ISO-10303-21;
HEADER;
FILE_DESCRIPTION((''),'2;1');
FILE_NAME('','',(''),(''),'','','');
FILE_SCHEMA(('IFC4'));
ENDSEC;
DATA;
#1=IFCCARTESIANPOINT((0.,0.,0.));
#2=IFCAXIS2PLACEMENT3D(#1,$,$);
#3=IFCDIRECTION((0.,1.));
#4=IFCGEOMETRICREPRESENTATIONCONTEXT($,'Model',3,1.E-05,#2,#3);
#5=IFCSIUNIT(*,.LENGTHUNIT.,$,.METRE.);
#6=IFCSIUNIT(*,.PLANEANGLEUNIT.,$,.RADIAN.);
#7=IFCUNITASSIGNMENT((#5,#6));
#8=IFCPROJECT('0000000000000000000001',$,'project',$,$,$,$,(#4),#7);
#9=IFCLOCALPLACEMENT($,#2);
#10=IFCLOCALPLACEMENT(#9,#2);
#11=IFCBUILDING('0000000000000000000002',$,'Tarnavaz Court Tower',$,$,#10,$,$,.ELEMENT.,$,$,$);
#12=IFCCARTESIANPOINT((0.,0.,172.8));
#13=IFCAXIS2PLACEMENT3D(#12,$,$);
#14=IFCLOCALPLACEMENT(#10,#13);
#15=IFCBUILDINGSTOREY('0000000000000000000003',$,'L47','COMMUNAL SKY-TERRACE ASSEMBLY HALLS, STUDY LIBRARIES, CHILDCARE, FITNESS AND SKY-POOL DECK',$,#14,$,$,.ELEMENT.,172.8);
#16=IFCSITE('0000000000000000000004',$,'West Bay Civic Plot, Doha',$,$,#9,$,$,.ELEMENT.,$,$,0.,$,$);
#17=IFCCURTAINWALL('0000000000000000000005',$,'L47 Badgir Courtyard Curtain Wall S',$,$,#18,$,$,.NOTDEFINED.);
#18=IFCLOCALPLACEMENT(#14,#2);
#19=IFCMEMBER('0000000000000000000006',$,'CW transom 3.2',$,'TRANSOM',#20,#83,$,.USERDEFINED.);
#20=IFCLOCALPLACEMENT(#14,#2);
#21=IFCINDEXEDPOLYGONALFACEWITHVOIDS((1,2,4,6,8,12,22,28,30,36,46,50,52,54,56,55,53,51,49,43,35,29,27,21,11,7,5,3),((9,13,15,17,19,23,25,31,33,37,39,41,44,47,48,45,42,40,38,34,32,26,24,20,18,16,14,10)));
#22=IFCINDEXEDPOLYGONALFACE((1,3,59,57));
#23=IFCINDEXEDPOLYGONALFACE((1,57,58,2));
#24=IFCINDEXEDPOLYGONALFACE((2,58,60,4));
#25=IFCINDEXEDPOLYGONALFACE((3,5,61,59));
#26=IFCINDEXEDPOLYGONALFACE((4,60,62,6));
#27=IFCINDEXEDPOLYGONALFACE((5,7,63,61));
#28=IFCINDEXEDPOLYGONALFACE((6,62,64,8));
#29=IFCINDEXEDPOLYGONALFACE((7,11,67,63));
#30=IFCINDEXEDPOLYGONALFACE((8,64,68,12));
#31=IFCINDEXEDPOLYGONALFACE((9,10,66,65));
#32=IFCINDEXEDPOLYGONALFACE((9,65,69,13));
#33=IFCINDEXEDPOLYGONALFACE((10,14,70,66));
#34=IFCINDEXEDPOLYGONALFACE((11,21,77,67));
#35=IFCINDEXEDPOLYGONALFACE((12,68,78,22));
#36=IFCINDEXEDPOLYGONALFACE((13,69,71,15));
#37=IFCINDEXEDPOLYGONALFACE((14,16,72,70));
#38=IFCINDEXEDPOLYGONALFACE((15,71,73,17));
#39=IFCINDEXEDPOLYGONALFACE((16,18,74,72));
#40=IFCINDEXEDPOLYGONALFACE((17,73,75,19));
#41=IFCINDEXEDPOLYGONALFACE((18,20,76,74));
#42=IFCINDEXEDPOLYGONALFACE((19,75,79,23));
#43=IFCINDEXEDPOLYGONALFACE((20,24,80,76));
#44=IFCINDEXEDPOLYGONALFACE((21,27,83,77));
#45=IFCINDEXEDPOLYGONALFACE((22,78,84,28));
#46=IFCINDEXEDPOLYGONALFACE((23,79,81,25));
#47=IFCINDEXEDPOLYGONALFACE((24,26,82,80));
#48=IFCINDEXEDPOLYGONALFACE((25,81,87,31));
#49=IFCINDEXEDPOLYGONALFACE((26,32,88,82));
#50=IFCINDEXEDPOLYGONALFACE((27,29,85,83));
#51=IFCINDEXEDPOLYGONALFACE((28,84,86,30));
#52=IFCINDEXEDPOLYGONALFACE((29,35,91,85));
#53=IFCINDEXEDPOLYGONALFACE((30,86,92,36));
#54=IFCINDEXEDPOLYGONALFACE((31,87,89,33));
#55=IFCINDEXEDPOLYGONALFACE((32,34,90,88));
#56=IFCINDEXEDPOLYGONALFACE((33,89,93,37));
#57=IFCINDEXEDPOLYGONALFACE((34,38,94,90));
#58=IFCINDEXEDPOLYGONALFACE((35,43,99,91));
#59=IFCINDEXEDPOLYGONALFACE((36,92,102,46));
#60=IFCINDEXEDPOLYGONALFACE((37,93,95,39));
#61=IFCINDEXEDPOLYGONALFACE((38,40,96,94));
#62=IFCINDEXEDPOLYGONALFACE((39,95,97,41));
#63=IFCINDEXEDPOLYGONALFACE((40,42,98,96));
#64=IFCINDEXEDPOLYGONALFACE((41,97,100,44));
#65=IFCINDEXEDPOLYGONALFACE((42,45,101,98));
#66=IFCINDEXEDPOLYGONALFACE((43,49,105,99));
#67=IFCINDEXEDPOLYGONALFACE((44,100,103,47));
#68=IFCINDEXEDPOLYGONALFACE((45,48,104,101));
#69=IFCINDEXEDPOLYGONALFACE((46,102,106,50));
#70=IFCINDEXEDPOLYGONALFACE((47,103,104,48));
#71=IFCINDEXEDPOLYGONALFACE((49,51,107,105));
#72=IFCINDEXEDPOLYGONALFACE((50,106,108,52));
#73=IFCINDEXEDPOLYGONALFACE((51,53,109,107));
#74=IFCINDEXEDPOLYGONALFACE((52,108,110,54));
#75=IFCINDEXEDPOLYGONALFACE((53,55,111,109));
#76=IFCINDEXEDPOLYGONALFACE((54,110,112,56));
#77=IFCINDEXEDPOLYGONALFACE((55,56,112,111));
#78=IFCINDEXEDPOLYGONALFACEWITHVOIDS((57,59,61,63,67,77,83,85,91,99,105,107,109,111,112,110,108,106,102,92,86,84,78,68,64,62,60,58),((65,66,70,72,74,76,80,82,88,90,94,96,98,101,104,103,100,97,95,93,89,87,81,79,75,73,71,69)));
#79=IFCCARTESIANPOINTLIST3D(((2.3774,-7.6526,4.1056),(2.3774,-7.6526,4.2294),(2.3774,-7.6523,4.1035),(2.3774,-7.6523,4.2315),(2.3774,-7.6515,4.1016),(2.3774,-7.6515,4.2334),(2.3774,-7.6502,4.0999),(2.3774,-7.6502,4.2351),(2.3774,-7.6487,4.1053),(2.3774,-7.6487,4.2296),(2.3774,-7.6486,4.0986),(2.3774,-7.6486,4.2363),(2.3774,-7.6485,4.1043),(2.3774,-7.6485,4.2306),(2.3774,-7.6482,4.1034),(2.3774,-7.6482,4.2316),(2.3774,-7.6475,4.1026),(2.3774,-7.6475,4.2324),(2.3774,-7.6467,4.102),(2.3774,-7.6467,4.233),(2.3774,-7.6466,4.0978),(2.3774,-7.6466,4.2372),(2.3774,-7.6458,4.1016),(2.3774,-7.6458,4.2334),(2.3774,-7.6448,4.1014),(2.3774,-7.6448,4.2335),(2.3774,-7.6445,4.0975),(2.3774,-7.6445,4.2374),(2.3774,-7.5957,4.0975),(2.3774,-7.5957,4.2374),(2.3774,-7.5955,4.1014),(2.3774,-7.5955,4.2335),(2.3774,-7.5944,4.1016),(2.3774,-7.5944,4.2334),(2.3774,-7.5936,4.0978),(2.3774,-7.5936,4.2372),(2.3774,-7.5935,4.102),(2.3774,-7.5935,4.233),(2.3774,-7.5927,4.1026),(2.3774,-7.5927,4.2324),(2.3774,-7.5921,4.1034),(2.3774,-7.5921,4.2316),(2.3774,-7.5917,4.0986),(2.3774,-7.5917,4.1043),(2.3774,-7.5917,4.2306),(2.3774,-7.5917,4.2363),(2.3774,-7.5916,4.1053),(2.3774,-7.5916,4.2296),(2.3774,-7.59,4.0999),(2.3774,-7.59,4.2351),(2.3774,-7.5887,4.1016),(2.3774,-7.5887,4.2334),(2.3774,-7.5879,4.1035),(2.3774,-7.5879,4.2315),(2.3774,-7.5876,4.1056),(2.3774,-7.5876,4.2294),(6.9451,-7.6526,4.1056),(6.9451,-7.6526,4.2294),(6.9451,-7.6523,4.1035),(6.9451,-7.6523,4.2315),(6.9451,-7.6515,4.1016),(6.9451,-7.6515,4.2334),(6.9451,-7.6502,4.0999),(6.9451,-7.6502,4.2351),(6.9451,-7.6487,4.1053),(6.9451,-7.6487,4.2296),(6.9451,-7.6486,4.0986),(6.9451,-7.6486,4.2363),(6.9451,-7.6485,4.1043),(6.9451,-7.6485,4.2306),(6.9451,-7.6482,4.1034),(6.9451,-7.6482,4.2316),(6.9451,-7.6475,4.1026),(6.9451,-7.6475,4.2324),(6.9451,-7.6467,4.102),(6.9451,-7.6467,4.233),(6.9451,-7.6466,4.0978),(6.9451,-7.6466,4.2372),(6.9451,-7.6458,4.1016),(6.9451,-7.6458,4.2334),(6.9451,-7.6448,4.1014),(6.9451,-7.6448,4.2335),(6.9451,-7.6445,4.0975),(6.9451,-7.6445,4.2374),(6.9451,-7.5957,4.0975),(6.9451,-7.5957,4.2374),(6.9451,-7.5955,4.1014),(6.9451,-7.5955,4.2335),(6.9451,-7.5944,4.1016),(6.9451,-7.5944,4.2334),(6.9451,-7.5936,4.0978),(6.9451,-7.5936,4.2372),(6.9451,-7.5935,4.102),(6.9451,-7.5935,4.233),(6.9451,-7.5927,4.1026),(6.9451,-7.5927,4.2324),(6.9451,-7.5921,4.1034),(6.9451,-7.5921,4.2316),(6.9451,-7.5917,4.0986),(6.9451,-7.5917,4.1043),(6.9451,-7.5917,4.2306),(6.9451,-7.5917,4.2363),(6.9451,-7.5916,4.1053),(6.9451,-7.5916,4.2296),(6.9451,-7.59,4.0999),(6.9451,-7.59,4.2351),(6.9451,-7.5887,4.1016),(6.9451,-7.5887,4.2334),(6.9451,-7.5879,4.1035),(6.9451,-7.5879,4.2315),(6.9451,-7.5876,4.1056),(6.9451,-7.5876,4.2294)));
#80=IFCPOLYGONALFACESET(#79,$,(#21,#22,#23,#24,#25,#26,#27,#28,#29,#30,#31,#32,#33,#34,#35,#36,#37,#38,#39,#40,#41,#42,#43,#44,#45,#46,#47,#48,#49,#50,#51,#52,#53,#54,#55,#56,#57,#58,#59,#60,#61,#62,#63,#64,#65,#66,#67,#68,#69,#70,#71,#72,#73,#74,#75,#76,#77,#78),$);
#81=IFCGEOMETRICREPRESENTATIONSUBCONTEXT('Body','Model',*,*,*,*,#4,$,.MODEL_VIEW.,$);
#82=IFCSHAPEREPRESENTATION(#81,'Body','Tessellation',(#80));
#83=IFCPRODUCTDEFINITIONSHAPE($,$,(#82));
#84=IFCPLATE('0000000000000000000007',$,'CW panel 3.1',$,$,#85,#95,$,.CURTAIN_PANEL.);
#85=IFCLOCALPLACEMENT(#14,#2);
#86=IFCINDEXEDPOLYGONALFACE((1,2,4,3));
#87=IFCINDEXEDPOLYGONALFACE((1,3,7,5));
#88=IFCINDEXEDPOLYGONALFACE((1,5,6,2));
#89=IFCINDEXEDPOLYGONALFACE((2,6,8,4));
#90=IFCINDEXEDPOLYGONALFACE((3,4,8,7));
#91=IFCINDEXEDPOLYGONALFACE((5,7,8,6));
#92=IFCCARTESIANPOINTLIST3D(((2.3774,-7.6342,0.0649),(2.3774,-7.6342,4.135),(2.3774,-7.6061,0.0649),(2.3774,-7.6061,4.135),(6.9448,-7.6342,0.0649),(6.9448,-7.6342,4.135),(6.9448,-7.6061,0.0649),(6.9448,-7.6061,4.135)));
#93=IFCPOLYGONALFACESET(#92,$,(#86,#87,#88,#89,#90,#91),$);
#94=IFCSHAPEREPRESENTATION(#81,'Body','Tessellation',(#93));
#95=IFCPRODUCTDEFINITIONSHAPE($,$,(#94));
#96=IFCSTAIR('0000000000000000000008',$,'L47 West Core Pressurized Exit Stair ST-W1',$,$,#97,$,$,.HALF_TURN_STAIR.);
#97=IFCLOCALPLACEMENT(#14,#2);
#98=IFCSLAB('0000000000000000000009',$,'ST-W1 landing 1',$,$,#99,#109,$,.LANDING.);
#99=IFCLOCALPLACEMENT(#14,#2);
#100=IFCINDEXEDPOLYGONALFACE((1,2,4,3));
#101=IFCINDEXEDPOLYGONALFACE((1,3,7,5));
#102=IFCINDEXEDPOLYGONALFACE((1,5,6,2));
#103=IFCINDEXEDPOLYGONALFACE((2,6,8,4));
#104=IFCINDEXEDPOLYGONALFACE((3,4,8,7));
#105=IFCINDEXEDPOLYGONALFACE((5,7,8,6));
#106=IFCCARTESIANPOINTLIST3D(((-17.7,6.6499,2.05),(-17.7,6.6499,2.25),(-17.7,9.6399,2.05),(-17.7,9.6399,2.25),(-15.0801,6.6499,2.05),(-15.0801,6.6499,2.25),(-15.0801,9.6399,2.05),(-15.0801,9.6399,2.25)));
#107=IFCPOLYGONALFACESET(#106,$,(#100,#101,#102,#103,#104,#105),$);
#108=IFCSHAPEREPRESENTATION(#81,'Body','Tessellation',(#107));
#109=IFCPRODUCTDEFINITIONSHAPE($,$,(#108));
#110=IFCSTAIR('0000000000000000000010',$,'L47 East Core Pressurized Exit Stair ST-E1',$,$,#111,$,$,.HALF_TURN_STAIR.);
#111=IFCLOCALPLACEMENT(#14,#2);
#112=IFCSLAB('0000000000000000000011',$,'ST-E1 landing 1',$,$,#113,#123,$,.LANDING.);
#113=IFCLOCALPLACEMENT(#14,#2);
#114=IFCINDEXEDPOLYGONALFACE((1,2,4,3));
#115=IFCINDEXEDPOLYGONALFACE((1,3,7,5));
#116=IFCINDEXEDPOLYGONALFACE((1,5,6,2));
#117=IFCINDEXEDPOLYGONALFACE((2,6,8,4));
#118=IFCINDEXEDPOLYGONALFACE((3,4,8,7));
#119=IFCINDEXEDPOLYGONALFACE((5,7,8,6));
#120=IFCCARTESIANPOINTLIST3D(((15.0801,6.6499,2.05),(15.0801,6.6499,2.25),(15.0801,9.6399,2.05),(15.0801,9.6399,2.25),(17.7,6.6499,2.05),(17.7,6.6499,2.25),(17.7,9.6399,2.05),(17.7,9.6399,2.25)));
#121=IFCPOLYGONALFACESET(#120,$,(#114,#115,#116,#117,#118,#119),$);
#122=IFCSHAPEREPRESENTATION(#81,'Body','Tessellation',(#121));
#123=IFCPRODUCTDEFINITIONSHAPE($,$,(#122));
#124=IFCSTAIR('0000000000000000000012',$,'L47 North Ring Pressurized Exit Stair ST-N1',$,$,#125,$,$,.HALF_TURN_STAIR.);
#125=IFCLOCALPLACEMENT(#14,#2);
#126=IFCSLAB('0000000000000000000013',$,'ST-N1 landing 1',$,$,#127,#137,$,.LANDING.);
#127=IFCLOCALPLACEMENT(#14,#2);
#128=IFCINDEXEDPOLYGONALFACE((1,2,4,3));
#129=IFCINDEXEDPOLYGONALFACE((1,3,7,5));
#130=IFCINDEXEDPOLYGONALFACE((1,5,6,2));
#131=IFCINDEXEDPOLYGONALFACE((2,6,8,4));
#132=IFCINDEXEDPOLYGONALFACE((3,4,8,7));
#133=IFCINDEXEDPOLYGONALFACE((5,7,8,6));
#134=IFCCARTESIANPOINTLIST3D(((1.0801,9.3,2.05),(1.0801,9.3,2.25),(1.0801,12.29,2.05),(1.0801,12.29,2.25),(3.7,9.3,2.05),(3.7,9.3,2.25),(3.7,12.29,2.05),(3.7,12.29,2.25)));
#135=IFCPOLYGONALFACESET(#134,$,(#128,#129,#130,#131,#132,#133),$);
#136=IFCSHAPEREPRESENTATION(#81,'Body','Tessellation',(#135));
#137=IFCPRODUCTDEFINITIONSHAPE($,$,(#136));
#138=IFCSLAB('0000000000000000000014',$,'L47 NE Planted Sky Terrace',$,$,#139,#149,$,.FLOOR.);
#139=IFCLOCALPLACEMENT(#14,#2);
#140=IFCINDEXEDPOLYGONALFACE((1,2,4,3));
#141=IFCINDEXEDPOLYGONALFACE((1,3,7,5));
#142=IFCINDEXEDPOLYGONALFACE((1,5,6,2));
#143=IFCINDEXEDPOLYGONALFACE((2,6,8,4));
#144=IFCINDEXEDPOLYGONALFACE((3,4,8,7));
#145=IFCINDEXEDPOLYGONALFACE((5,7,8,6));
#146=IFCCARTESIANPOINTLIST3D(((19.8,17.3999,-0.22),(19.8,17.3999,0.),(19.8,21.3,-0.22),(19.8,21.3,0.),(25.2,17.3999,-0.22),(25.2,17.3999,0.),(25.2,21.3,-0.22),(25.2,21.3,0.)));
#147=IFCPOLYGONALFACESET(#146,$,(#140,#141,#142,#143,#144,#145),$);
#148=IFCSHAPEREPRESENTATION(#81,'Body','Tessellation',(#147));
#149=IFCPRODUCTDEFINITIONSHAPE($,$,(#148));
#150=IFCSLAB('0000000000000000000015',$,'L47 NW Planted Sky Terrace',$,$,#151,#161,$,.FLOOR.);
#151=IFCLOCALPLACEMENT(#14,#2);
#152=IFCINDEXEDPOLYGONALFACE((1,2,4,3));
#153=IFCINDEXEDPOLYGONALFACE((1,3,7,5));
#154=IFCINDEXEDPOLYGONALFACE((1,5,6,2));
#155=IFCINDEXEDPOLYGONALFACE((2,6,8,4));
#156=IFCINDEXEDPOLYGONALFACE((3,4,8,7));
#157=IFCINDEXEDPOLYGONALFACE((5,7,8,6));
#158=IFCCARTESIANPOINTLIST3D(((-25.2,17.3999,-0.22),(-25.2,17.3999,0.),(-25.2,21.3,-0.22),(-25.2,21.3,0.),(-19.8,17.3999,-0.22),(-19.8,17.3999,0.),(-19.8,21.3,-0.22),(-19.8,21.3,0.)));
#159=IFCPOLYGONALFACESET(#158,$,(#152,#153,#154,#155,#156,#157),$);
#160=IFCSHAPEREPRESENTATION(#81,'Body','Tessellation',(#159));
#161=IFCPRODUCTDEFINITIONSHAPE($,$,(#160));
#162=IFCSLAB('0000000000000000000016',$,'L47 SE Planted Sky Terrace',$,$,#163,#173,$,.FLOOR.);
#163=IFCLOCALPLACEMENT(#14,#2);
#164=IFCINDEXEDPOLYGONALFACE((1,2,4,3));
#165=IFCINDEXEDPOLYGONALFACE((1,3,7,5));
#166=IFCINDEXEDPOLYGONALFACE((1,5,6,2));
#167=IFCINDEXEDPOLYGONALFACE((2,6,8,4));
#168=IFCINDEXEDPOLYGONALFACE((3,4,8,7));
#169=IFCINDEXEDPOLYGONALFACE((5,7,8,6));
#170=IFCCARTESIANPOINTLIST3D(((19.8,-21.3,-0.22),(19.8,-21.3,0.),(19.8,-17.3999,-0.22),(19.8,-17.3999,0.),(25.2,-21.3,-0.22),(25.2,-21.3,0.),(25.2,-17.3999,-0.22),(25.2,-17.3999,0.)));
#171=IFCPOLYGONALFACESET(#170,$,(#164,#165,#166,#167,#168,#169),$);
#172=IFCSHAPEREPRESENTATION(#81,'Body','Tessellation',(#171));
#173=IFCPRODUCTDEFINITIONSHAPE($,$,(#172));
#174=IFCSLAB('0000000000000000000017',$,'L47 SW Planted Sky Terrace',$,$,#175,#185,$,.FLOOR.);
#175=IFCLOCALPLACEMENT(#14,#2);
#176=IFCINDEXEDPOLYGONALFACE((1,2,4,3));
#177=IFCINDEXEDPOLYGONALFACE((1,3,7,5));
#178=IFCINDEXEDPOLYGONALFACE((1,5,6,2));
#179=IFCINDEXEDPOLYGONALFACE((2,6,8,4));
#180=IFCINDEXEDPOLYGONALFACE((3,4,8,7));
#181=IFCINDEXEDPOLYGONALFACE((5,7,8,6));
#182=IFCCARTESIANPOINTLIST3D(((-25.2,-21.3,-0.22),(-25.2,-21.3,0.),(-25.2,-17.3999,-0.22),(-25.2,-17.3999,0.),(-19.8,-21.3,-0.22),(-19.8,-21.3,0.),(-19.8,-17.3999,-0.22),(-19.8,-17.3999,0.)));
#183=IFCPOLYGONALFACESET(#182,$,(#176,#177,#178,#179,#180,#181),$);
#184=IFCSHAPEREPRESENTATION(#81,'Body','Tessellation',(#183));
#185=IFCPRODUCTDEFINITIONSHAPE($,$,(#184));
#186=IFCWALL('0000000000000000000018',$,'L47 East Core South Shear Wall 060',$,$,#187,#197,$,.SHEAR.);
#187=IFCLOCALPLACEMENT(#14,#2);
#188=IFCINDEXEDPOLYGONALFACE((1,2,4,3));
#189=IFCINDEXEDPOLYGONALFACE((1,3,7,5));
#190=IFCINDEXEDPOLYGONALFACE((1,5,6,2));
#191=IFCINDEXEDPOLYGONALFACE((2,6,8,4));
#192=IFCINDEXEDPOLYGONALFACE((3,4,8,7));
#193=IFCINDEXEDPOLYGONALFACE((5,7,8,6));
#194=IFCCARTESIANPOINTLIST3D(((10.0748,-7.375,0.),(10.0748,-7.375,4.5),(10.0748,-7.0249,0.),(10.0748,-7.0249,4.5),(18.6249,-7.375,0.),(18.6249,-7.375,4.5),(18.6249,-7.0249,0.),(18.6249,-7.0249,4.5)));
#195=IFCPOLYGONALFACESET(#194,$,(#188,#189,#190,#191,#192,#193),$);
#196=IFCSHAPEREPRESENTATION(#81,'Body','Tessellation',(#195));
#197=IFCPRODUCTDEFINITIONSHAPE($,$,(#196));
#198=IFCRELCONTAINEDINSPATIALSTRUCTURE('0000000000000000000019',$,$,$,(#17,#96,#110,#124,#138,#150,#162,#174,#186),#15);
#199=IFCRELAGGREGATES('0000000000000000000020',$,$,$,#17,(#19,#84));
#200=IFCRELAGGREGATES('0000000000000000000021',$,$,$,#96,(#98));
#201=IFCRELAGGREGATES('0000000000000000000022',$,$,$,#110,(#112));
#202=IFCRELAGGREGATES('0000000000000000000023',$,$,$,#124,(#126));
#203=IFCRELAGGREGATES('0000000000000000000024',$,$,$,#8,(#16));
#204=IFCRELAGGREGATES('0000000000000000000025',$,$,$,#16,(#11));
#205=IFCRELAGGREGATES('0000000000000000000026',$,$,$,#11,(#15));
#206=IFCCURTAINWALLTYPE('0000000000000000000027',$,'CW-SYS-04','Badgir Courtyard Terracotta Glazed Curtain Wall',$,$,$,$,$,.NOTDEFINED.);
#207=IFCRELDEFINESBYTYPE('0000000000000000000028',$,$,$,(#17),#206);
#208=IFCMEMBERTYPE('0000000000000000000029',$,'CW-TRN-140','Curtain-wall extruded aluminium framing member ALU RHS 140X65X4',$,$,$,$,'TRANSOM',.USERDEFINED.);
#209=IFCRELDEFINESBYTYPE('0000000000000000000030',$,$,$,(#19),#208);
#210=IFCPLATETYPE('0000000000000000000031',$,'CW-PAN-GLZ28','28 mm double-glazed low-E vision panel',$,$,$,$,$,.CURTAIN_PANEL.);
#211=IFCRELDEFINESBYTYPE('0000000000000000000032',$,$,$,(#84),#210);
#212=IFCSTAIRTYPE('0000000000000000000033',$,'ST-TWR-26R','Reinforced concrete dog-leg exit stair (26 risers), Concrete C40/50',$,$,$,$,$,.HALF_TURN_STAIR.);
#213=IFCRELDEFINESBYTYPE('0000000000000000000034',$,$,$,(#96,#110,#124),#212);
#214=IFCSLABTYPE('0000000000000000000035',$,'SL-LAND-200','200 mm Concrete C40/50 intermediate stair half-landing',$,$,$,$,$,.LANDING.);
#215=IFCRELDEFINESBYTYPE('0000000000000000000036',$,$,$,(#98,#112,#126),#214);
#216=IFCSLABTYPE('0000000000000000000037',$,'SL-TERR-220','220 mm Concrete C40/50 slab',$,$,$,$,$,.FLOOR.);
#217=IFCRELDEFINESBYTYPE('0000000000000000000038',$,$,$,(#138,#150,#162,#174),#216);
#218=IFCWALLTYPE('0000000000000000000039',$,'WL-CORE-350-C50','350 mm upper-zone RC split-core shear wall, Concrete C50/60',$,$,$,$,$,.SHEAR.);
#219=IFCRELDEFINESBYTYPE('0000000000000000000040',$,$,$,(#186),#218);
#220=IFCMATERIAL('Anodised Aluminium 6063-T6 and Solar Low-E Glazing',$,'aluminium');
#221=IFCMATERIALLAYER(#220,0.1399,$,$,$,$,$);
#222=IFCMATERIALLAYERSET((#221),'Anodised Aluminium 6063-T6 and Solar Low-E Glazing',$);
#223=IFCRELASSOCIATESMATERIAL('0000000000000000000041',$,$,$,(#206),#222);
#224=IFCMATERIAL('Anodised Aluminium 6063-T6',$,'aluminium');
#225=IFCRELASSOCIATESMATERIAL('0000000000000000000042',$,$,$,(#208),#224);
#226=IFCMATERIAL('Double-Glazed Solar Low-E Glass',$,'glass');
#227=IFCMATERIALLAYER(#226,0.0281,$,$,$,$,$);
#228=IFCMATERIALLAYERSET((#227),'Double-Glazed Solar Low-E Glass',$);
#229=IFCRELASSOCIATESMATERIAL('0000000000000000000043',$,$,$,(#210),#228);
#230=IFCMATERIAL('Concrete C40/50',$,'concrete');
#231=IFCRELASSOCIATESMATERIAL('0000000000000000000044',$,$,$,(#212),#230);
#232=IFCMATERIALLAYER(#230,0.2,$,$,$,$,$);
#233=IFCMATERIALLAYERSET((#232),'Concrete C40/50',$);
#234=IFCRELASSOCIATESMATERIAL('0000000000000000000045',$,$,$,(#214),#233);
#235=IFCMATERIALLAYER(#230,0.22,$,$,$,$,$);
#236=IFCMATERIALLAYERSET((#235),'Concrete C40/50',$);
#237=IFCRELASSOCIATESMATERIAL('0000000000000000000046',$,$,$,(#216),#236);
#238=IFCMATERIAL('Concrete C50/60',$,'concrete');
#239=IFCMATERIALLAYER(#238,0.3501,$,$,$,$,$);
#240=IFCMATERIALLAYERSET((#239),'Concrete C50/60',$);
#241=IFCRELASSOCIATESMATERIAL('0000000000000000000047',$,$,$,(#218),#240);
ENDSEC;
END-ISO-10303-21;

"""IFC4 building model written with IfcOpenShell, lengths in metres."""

from ifc_helpers import new_model, si_unit, direction, frame, frame_2d, origin, origin_2d, place, context, subcontext, project, spatial, polyline, rectangle, hollow_rectangle, outline, extrude, material, layer, layer_set, material_profile, profile_set, type_object, element, aggregate, save


model = new_model("IFC4")

# Units and contexts
model_context = context("Model", 3, precision=1e-05, world=origin(), true_north=direction((0.0, 1.0)))
body_context = subcontext(model_context, "Body", "Model", "MODEL_VIEW")
ifc_project = project(units=[si_unit("LENGTHUNIT", "METRE"), si_unit("PLANEANGLEUNIT", "RADIAN")], contexts=[model_context])

# Site, building, storey
site_placement = place(None, origin())
site = spatial("IfcSite", under=ifc_project, at=site_placement, Name="West Bay Civic Plot, Doha", CompositionType="ELEMENT", RefElevation=0.0)
building_placement = place(site_placement, origin())
building = spatial("IfcBuilding", under=site, at=building_placement, Name="Tarnavaz Court Tower", CompositionType="ELEMENT")
storey_placement = place(building_placement, frame((0.0, 0.0, 172.8)))
storey = spatial("IfcBuildingStorey", under=building, at=storey_placement, Name="L47", Description="COMMUNAL SKY-TERRACE ASSEMBLY HALLS, STUDY LIBRARIES, CHILDCARE, FITNESS AND SKY-POOL DECK", CompositionType="ELEMENT", Elevation=172.8)

# Curtain wall, member, plate
ifc_material_1 = material(Name="Anodised Aluminium 6063-T6 and Solar Low-E Glazing", Category="aluminium")
ifc_layer_1 = layer(ifc_material_1, 0.1399)
ifc_layer_set_1 = layer_set([ifc_layer_1], Name="Anodised Aluminium 6063-T6 and Solar Low-E Glazing")
curtain_wall_type = type_object("IfcCurtainWallType", Name="CW-SYS-04", Description="Badgir Courtyard Terracotta Glazed Curtain Wall", PredefinedType="NOTDEFINED", material=ifc_layer_set_1)
curtain_wall_placement = place(storey_placement, origin())
curtain_wall = element("IfcCurtainWall", 1, at=curtain_wall_placement, inside=storey, type_object=curtain_wall_type, Name="L47 Badgir Courtyard Curtain Wall S", PredefinedType="NOTDEFINED")
ifc_material_2 = material(Name="Anodised Aluminium 6063-T6", Category="aluminium")
ifc_material_profile_1 = material_profile(ifc_material_2, hollow_rectangle(XDim=0.0649, YDim=0.1399, WallThickness=0.0039, InnerFilletRadius=0.0039, OuterFilletRadius=0.0081, at=origin_2d()), Name="ALU RHS 140X65X4")
ifc_profile_set_1 = profile_set([ifc_material_profile_1], Name="Anodised Aluminium 6063-T6")
member_type_1 = type_object("IfcMemberType", Name="CW-TRN-140", Description="Curtain-wall extruded aluminium framing member ALU RHS 140X65X4", ElementType="TRANSOM", PredefinedType="USERDEFINED", material=ifc_profile_set_1)
member_1_placement = place(storey_placement, frame((2.3774, -7.6201, 4.1675), z_axis=(1.0, 0.0, 0.0), x_axis=(0.0, 1.0, 0.0)))
member_1 = element("IfcMember", 2, at=member_1_placement, type_object=member_type_1, Name="CW transom 3.2", ObjectType="TRANSOM", PredefinedType="USERDEFINED", context=body_context, shape_type="SweptSolid", body=[
    extrude(hollow_rectangle(XDim=0.0649, YDim=0.1399, WallThickness=0.0039, InnerFilletRadius=0.0039, OuterFilletRadius=0.0081, at=origin_2d()), origin(), (0.0, 0.0, 1.0), 4.5676),
])
ifc_material_3 = material(Name="Double-Glazed Solar Low-E Glass", Category="glass")
ifc_layer_2 = layer(ifc_material_3, 0.0281)
ifc_layer_set_2 = layer_set([ifc_layer_2], Name="Double-Glazed Solar Low-E Glass")
plate_type = type_object("IfcPlateType", Name="CW-PAN-GLZ28", Description="28 mm double-glazed low-E vision panel", PredefinedType="CURTAIN_PANEL", material=ifc_layer_set_2)
plate_placement = place(storey_placement, frame((4.6611, -7.6201, 0.0649), z_axis=(0.0, 0.0, 1.0), x_axis=(1.0, 0.0, 0.0)))
plate = element("IfcPlate", 3, at=plate_placement, type_object=plate_type, Name="CW panel 3.1", PredefinedType="CURTAIN_PANEL", context=body_context, shape_type="SweptSolid", body=[
    extrude(rectangle(XDim=4.5674, YDim=0.0281, at=origin_2d()), origin(), (0.0, 0.0, 1.0), 4.0701),
])
aggregate(curtain_wall, [member_1, plate])

# Stairs, slabs
ifc_material_4 = material(Name="Concrete C40/50", Category="concrete")
stair_type = type_object("IfcStairType", Name="ST-TWR-26R", Description="Reinforced concrete dog-leg exit stair (26 risers), Concrete C40/50", PredefinedType="HALF_TURN_STAIR", material=ifc_material_4)
stair_1_placement = place(storey_placement, origin())
stair_1 = element("IfcStair", 4, at=stair_1_placement, inside=storey, type_object=stair_type, Name="L47 West Core Pressurized Exit Stair ST-W1", PredefinedType="HALF_TURN_STAIR")
ifc_layer_3 = layer(ifc_material_4, 0.2)
ifc_layer_set_3 = layer_set([ifc_layer_3], Name="Concrete C40/50")
slab_type_1 = type_object("IfcSlabType", Name="SL-LAND-200", Description="200 mm Concrete C40/50 intermediate stair half-landing", PredefinedType="LANDING", material=ifc_layer_set_3)
slab_1_placement = place(storey_placement, frame((0.0, 0.0, 2.05)))
slab_1 = element("IfcSlab", 5, at=slab_1_placement, type_object=slab_type_1, Name="ST-W1 landing 1", PredefinedType="LANDING", context=body_context, shape_type="SweptSolid", body=[
    extrude(outline(polyline([(-15.0801, 9.6399), (-17.7, 9.6399), (-17.7, 6.6499), (-15.0801, 6.6499), (-15.0801, 9.6399)])), origin(), (0.0, 0.0, 1.0), 0.2),
])
aggregate(stair_1, [slab_1])
stair_2_placement = place(storey_placement, origin())
stair_2 = element("IfcStair", 6, at=stair_2_placement, inside=storey, type_object=stair_type, Name="L47 East Core Pressurized Exit Stair ST-E1", PredefinedType="HALF_TURN_STAIR")
slab_2_placement = place(storey_placement, frame((0.0, 0.0, 2.05)))
slab_2 = element("IfcSlab", 7, at=slab_2_placement, type_object=slab_type_1, Name="ST-E1 landing 1", PredefinedType="LANDING", context=body_context, shape_type="SweptSolid", body=[
    extrude(outline(polyline([(15.0801, 6.6499), (17.7, 6.6499), (17.7, 9.6399), (15.0801, 9.6399), (15.0801, 6.6499)])), origin(), (0.0, 0.0, 1.0), 0.2),
])
aggregate(stair_2, [slab_2])
stair_3_placement = place(storey_placement, origin())
stair_3 = element("IfcStair", 8, at=stair_3_placement, inside=storey, type_object=stair_type, Name="L47 North Ring Pressurized Exit Stair ST-N1", PredefinedType="HALF_TURN_STAIR")
slab_3_placement = place(storey_placement, frame((0.0, 0.0, 2.05)))
slab_3 = element("IfcSlab", 9, at=slab_3_placement, type_object=slab_type_1, Name="ST-N1 landing 1", PredefinedType="LANDING", context=body_context, shape_type="SweptSolid", body=[
    extrude(outline(polyline([(1.0801, 9.3), (3.7, 9.3), (3.7, 12.29), (1.0801, 12.29), (1.0801, 9.3)])), origin(), (0.0, 0.0, 1.0), 0.2),
])
aggregate(stair_3, [slab_3])

# Slabs
ifc_layer_4 = layer(ifc_material_4, 0.22)
ifc_layer_set_4 = layer_set([ifc_layer_4], Name="Concrete C40/50")
slab_type_2 = type_object("IfcSlabType", Name="SL-TERR-220", Description="220 mm Concrete C40/50 slab", PredefinedType="FLOOR", material=ifc_layer_set_4)
slab_4_placement = place(storey_placement, frame((0.0, 0.0, -0.22)))
element("IfcSlab", 10, at=slab_4_placement, inside=storey, type_object=slab_type_2, Name="L47 NE Planted Sky Terrace", PredefinedType="FLOOR", context=body_context, shape_type="SweptSolid", body=[
    extrude(outline(polyline([(19.8, 17.3999), (25.2, 17.3999), (25.2, 21.3), (19.8, 21.3), (19.8, 17.3999)])), origin(), (0.0, 0.0, 1.0), 0.22),
])
slab_5_placement = place(storey_placement, frame((0.0, 0.0, -0.22)))
element("IfcSlab", 11, at=slab_5_placement, inside=storey, type_object=slab_type_2, Name="L47 NW Planted Sky Terrace", PredefinedType="FLOOR", context=body_context, shape_type="SweptSolid", body=[
    extrude(outline(polyline([(-25.2, 17.3999), (-19.8, 17.3999), (-19.8, 21.3), (-25.2, 21.3), (-25.2, 17.3999)])), origin(), (0.0, 0.0, 1.0), 0.22),
])
slab_6_placement = place(storey_placement, frame((0.0, 0.0, -0.22)))
element("IfcSlab", 12, at=slab_6_placement, inside=storey, type_object=slab_type_2, Name="L47 SE Planted Sky Terrace", PredefinedType="FLOOR", context=body_context, shape_type="SweptSolid", body=[
    extrude(outline(polyline([(19.8, -21.3), (25.2, -21.3), (25.2, -17.3999), (19.8, -17.3999), (19.8, -21.3)])), origin(), (0.0, 0.0, 1.0), 0.22),
])
slab_7_placement = place(storey_placement, frame((0.0, 0.0, -0.22)))
element("IfcSlab", 13, at=slab_7_placement, inside=storey, type_object=slab_type_2, Name="L47 SW Planted Sky Terrace", PredefinedType="FLOOR", context=body_context, shape_type="SweptSolid", body=[
    extrude(outline(polyline([(-25.2, -21.3), (-19.8, -21.3), (-19.8, -17.3999), (-25.2, -17.3999), (-25.2, -21.3)])), origin(), (0.0, 0.0, 1.0), 0.22),
])

# Wall
ifc_material_5 = material(Name="Concrete C50/60", Category="concrete")
ifc_layer_5 = layer(ifc_material_5, 0.3501)
ifc_layer_set_5 = layer_set([ifc_layer_5], Name="Concrete C50/60")
wall_type_1 = type_object("IfcWallType", Name="WL-CORE-350-C50", Description="350 mm upper-zone RC split-core shear wall, Concrete C50/60", PredefinedType="SHEAR", material=ifc_layer_set_5)
wall_1_placement = place(storey_placement, frame((10.075, -7.2, 0.0), z_axis=(0.0, 0.0, 1.0), x_axis=(1.0, 0.0, 0.0)))
element("IfcWall", 14, at=wall_1_placement, inside=storey, type_object=wall_type_1, Name="L47 East Core South Shear Wall 060", PredefinedType="SHEAR", context=body_context, shape_type="SweptSolid", body=[
    extrude(rectangle(XDim=8.55, YDim=0.3501, at=frame_2d((4.2749, 0.0))), origin(), (0.0, 0.0, 1.0), 4.5),
])

save(model, "model.ifc")
